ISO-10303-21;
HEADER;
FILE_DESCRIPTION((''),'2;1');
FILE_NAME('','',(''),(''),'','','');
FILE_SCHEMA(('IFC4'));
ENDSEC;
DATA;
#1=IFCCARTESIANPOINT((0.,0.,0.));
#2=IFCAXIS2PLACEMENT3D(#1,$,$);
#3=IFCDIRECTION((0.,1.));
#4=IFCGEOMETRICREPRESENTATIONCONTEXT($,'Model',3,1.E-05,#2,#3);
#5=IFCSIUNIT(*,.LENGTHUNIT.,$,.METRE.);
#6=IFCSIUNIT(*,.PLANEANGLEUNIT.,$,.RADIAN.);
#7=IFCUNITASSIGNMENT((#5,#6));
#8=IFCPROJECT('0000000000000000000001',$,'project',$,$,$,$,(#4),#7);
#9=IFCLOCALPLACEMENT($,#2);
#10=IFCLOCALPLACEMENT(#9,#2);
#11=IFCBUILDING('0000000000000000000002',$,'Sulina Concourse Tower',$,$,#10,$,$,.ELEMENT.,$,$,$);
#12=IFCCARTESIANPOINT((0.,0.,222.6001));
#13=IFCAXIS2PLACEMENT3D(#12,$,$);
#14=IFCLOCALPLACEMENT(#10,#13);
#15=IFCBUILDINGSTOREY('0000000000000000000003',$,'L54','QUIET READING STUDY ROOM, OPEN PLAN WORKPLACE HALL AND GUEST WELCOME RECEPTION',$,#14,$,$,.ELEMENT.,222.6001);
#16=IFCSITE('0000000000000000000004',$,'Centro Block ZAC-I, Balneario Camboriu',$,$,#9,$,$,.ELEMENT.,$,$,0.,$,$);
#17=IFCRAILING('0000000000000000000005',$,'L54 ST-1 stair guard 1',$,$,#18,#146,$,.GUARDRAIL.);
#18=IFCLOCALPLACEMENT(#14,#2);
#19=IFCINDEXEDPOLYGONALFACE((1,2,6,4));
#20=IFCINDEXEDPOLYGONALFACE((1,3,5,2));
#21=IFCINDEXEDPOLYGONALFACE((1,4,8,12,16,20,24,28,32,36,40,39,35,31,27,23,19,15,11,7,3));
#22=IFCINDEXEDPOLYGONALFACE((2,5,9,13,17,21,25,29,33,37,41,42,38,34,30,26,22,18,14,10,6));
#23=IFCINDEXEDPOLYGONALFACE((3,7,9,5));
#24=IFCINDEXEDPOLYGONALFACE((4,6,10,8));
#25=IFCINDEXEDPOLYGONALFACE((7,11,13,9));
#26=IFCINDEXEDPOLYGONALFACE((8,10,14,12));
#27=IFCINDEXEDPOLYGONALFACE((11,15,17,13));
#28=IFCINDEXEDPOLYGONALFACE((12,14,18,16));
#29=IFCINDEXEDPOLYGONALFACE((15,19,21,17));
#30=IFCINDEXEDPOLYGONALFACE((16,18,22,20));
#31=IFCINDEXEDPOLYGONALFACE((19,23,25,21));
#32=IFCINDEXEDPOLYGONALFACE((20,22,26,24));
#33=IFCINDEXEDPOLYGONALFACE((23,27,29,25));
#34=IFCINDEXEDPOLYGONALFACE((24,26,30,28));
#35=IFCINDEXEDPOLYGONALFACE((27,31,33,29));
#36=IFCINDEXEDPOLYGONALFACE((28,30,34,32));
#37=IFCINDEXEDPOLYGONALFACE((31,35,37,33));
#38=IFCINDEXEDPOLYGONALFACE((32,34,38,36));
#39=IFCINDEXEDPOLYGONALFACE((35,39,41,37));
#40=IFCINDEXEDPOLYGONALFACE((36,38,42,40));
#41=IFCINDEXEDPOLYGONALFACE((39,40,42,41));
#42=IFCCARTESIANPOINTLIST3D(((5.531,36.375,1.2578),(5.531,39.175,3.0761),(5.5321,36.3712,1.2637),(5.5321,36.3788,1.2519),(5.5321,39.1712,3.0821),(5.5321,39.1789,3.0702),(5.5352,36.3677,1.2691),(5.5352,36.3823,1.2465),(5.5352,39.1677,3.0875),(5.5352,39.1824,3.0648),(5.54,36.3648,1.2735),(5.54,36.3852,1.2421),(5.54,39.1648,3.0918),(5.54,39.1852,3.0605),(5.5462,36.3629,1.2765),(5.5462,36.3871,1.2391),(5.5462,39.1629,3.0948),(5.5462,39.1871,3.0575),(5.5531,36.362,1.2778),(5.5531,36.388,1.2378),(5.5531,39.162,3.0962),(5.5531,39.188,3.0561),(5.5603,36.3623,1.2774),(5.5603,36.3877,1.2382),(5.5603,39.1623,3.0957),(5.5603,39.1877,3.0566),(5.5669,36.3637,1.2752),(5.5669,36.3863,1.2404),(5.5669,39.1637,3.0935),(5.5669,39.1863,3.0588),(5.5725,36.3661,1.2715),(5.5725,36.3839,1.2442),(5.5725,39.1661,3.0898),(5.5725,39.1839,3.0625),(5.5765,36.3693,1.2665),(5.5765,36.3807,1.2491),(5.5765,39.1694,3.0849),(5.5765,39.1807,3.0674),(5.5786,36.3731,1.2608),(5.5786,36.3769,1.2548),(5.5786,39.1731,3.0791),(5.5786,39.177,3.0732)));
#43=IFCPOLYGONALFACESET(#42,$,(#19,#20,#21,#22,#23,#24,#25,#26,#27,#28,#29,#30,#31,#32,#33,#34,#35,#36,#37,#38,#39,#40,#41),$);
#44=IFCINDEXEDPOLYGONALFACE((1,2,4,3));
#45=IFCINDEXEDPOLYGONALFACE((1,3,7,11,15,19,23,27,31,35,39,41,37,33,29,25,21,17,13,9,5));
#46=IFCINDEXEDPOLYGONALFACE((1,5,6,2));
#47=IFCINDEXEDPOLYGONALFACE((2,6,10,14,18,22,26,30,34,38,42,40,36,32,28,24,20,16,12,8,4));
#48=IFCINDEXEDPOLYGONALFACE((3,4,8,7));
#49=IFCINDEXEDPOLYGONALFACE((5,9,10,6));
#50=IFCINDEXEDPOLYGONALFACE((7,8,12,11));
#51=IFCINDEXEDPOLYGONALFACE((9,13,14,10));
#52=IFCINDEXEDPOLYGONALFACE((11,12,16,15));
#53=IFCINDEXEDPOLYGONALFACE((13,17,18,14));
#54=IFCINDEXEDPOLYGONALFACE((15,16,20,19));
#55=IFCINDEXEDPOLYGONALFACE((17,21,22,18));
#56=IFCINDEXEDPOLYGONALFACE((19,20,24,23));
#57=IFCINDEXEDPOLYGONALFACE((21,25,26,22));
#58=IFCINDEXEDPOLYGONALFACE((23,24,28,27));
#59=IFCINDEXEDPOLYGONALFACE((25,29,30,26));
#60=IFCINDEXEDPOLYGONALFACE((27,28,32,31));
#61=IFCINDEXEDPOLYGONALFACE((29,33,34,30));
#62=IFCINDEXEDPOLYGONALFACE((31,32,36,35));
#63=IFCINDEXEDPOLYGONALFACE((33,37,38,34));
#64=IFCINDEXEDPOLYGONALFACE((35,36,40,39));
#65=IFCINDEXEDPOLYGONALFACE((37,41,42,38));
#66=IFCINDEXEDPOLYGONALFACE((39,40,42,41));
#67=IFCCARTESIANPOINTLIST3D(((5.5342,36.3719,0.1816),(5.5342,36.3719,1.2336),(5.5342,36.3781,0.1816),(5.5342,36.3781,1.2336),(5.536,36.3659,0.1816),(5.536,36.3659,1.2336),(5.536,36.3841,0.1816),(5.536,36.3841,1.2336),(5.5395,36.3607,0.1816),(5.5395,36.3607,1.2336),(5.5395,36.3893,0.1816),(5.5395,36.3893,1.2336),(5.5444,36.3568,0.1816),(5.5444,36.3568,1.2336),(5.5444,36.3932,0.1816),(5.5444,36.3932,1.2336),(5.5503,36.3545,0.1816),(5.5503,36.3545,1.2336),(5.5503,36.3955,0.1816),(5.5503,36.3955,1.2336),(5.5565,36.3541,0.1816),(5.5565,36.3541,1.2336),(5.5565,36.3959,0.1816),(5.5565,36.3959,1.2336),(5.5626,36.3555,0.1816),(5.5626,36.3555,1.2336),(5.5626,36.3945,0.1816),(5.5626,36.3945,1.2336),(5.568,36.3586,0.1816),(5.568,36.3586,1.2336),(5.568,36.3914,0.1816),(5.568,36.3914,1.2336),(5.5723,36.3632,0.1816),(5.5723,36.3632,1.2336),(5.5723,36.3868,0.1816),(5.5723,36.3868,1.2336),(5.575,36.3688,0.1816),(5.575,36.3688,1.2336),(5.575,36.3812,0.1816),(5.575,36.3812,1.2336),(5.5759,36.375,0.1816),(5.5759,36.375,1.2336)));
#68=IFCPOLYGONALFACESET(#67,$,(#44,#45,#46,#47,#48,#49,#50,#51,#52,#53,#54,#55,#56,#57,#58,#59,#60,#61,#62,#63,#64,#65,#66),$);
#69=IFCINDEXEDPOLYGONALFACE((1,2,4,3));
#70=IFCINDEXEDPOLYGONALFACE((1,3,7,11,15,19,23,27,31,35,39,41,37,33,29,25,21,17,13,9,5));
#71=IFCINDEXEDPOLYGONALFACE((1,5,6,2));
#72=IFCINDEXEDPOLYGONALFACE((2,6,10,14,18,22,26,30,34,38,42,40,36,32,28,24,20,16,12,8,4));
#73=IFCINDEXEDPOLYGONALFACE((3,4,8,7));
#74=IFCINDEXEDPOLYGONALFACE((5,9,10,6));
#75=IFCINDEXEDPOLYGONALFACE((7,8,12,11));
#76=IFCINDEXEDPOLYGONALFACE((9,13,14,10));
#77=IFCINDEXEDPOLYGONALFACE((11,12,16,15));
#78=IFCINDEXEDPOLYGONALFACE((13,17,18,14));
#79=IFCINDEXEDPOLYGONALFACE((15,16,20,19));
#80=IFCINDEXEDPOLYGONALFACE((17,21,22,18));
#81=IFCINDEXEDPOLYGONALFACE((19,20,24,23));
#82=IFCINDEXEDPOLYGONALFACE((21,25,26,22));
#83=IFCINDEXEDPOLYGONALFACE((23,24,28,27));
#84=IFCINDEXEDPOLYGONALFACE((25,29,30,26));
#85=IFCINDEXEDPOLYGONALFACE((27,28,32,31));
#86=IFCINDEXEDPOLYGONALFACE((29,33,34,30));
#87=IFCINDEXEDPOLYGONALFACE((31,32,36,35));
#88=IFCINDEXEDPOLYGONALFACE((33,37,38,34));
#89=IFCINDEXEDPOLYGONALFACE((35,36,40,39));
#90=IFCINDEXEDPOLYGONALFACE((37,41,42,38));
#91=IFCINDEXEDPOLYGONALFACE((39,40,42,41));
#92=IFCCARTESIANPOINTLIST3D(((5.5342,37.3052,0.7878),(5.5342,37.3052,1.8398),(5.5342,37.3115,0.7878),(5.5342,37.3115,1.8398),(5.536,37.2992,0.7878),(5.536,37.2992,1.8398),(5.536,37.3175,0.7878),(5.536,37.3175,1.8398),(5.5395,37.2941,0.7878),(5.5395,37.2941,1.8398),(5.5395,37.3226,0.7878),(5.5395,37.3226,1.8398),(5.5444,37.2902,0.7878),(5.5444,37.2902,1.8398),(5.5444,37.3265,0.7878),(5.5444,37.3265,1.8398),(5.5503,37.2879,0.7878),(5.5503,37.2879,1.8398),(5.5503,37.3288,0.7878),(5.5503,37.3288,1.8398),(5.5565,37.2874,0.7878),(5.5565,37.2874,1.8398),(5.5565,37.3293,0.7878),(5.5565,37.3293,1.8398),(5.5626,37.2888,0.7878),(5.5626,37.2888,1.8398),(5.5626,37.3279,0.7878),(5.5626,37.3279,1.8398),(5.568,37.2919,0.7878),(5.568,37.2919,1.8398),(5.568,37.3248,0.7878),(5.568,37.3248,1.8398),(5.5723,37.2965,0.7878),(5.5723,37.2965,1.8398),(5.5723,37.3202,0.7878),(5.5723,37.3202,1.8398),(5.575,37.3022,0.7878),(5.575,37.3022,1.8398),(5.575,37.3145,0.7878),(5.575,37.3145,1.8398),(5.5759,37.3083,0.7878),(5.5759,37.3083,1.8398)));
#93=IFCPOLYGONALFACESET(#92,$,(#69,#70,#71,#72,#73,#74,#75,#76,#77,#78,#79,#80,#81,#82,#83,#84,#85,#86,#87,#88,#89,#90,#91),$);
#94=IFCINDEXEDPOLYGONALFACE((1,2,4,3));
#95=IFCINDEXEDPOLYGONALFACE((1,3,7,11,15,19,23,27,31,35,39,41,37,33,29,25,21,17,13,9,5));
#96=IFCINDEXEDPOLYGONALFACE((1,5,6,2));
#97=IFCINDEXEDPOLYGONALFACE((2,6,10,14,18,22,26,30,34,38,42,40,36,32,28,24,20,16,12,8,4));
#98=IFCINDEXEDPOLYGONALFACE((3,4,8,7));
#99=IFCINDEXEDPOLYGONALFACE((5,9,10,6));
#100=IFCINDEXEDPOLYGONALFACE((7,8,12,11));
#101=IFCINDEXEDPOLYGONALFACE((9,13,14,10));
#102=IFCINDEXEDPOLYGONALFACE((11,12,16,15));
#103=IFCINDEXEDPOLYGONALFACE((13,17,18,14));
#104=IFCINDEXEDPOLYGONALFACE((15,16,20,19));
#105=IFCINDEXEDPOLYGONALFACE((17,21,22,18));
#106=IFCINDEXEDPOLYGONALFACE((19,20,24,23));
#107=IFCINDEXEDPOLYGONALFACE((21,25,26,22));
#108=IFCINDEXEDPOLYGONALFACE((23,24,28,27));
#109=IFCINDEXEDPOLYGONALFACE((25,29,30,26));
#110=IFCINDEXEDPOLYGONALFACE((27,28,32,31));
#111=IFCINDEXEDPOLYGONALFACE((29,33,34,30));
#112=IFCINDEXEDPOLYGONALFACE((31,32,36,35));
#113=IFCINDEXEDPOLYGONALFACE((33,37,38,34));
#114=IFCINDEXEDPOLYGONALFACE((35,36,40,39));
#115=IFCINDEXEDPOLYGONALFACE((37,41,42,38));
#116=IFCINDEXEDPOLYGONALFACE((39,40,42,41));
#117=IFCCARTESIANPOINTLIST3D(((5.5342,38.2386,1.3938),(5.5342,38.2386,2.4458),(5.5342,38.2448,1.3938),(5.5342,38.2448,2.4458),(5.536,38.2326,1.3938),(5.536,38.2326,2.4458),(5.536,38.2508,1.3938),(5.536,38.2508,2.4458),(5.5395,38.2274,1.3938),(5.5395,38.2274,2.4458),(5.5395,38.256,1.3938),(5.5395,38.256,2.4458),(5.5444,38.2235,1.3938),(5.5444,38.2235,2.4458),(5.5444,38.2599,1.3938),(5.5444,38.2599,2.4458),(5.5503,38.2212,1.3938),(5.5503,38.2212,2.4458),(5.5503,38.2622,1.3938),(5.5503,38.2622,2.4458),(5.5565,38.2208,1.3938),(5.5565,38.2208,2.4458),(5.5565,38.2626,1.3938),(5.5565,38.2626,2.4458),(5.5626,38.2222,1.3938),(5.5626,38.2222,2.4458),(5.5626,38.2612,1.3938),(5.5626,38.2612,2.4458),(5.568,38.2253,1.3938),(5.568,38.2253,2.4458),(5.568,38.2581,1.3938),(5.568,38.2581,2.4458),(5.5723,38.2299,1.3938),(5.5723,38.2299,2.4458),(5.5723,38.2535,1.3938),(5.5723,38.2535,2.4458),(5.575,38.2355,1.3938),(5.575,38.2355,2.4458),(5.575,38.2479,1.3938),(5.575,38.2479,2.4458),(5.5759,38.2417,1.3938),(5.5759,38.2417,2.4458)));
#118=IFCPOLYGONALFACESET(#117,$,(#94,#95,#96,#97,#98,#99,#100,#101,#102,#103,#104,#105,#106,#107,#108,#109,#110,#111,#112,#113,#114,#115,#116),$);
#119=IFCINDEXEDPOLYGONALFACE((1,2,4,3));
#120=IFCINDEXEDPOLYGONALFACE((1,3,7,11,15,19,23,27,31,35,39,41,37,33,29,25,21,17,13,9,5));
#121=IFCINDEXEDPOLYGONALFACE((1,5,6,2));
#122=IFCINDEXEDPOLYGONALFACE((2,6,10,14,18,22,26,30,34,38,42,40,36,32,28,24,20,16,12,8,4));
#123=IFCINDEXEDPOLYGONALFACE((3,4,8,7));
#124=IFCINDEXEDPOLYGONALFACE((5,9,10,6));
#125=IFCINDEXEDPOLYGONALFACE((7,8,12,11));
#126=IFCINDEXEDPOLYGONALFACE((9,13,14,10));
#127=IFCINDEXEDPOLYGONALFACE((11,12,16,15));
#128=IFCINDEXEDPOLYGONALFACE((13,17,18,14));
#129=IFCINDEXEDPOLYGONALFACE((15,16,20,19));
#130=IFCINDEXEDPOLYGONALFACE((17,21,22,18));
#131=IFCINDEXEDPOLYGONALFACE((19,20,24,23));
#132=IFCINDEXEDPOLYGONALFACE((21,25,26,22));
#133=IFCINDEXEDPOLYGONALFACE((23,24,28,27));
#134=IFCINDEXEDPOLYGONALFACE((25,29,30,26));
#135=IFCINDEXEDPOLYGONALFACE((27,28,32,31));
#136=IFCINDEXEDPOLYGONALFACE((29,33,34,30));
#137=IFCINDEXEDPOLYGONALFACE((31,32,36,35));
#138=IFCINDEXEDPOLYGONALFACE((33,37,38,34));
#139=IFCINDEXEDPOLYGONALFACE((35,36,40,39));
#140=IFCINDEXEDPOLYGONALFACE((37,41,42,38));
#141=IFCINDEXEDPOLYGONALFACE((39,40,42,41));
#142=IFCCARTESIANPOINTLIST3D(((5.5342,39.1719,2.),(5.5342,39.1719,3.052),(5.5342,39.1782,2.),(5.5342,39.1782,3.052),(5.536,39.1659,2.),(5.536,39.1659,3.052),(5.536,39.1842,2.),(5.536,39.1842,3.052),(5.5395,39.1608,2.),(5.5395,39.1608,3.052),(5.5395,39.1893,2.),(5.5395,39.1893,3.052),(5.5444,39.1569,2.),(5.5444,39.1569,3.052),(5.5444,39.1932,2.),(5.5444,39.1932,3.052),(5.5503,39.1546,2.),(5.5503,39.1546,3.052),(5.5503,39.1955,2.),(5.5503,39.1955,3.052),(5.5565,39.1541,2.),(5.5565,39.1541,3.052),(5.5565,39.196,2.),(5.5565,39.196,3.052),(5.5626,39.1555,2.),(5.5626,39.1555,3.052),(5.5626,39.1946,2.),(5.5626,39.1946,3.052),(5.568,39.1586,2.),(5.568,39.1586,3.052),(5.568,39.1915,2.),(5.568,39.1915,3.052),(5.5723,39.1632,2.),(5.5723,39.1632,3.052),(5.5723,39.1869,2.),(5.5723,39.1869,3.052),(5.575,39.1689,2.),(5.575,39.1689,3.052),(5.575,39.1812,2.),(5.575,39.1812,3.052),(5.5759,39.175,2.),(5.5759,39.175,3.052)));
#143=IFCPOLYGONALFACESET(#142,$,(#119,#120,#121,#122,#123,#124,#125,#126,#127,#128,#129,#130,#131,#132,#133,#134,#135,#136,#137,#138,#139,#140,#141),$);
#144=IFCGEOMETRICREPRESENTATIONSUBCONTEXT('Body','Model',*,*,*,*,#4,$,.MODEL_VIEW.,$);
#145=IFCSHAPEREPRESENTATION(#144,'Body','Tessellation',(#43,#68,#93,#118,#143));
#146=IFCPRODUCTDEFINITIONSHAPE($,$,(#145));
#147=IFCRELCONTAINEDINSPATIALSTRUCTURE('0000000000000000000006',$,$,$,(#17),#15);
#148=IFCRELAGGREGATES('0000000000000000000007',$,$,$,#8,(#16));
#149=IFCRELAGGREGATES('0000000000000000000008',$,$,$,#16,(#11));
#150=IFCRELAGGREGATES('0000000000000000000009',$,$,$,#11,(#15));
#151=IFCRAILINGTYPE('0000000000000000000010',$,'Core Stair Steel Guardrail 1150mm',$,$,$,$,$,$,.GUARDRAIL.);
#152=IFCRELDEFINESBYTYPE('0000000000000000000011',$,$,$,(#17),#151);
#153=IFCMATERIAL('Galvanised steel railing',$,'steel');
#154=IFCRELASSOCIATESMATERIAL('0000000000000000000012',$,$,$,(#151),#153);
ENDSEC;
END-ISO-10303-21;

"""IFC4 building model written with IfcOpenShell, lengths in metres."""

from ifc_helpers import new_model, si_unit, direction, frame, origin, origin_2d, place, context, subcontext, project, spatial, circle, extrude, material, type_object, element, save


model = new_model("IFC4")

# Units and contexts
model_context = context("Model", 3, precision=1e-05, world=origin(), true_north=direction((0.0, 1.0)))
body_context = subcontext(model_context, "Body", "Model", "MODEL_VIEW")
ifc_project = project(units=[si_unit("LENGTHUNIT", "METRE"), si_unit("PLANEANGLEUNIT", "RADIAN")], contexts=[model_context])

# Site, building, storey
site_placement = place(None, origin())
site = spatial("IfcSite", under=ifc_project, at=site_placement, Name="Centro Block ZAC-I, Balneario Camboriu", CompositionType="ELEMENT", RefElevation=0.0)
building_placement = place(site_placement, origin())
building = spatial("IfcBuilding", under=site, at=building_placement, Name="Sulina Concourse Tower", CompositionType="ELEMENT")
storey_placement = place(building_placement, frame((0.0, 0.0, 222.6001)))
storey = spatial("IfcBuildingStorey", under=building, at=storey_placement, Name="L54", Description="QUIET READING STUDY ROOM, OPEN PLAN WORKPLACE HALL AND GUEST WELCOME RECEPTION", CompositionType="ELEMENT", Elevation=222.6001)

# Railing
ifc_material_1 = material(Name="Galvanised steel railing", Category="steel")
railing_type_1 = type_object("IfcRailingType", Name="Core Stair Steel Guardrail 1150mm", PredefinedType="GUARDRAIL", material=ifc_material_1)
railing_1_placement = place(storey_placement, frame((5.5549, 36.375, 0.1816)))
element("IfcRailing", 1, at=railing_1_placement, inside=storey, type_object=railing_type_1, Name="L54 ST-1 stair guard 1", PredefinedType="GUARDRAIL", context=body_context, shape_type="SweptSolid", body=[
    extrude(circle(Radius=0.0239, at=origin_2d()), frame((0.0, 0.0, 1.0762), z_axis=(0.0, 0.838672, 0.544636), x_axis=(-1.0, 0.0, 0.0)), (0.0, 0.0, 1.0), 3.3386),
    extrude(circle(Radius=0.021, at=origin_2d()), origin(), (0.0, 0.0, 1.0), 1.052),
    extrude(circle(Radius=0.021, at=origin_2d()), frame((0.0, 0.9333, 0.6062)), (0.0, 0.0, 1.0), 1.052),
    extrude(circle(Radius=0.021, at=origin_2d()), frame((0.0, 1.8667, 1.2122)), (0.0, 0.0, 1.0), 1.052),
    extrude(circle(Radius=0.021, at=origin_2d()), frame((0.0, 2.8, 1.8184)), (0.0, 0.0, 1.0), 1.052),
])

save(model, "model.ifc")
